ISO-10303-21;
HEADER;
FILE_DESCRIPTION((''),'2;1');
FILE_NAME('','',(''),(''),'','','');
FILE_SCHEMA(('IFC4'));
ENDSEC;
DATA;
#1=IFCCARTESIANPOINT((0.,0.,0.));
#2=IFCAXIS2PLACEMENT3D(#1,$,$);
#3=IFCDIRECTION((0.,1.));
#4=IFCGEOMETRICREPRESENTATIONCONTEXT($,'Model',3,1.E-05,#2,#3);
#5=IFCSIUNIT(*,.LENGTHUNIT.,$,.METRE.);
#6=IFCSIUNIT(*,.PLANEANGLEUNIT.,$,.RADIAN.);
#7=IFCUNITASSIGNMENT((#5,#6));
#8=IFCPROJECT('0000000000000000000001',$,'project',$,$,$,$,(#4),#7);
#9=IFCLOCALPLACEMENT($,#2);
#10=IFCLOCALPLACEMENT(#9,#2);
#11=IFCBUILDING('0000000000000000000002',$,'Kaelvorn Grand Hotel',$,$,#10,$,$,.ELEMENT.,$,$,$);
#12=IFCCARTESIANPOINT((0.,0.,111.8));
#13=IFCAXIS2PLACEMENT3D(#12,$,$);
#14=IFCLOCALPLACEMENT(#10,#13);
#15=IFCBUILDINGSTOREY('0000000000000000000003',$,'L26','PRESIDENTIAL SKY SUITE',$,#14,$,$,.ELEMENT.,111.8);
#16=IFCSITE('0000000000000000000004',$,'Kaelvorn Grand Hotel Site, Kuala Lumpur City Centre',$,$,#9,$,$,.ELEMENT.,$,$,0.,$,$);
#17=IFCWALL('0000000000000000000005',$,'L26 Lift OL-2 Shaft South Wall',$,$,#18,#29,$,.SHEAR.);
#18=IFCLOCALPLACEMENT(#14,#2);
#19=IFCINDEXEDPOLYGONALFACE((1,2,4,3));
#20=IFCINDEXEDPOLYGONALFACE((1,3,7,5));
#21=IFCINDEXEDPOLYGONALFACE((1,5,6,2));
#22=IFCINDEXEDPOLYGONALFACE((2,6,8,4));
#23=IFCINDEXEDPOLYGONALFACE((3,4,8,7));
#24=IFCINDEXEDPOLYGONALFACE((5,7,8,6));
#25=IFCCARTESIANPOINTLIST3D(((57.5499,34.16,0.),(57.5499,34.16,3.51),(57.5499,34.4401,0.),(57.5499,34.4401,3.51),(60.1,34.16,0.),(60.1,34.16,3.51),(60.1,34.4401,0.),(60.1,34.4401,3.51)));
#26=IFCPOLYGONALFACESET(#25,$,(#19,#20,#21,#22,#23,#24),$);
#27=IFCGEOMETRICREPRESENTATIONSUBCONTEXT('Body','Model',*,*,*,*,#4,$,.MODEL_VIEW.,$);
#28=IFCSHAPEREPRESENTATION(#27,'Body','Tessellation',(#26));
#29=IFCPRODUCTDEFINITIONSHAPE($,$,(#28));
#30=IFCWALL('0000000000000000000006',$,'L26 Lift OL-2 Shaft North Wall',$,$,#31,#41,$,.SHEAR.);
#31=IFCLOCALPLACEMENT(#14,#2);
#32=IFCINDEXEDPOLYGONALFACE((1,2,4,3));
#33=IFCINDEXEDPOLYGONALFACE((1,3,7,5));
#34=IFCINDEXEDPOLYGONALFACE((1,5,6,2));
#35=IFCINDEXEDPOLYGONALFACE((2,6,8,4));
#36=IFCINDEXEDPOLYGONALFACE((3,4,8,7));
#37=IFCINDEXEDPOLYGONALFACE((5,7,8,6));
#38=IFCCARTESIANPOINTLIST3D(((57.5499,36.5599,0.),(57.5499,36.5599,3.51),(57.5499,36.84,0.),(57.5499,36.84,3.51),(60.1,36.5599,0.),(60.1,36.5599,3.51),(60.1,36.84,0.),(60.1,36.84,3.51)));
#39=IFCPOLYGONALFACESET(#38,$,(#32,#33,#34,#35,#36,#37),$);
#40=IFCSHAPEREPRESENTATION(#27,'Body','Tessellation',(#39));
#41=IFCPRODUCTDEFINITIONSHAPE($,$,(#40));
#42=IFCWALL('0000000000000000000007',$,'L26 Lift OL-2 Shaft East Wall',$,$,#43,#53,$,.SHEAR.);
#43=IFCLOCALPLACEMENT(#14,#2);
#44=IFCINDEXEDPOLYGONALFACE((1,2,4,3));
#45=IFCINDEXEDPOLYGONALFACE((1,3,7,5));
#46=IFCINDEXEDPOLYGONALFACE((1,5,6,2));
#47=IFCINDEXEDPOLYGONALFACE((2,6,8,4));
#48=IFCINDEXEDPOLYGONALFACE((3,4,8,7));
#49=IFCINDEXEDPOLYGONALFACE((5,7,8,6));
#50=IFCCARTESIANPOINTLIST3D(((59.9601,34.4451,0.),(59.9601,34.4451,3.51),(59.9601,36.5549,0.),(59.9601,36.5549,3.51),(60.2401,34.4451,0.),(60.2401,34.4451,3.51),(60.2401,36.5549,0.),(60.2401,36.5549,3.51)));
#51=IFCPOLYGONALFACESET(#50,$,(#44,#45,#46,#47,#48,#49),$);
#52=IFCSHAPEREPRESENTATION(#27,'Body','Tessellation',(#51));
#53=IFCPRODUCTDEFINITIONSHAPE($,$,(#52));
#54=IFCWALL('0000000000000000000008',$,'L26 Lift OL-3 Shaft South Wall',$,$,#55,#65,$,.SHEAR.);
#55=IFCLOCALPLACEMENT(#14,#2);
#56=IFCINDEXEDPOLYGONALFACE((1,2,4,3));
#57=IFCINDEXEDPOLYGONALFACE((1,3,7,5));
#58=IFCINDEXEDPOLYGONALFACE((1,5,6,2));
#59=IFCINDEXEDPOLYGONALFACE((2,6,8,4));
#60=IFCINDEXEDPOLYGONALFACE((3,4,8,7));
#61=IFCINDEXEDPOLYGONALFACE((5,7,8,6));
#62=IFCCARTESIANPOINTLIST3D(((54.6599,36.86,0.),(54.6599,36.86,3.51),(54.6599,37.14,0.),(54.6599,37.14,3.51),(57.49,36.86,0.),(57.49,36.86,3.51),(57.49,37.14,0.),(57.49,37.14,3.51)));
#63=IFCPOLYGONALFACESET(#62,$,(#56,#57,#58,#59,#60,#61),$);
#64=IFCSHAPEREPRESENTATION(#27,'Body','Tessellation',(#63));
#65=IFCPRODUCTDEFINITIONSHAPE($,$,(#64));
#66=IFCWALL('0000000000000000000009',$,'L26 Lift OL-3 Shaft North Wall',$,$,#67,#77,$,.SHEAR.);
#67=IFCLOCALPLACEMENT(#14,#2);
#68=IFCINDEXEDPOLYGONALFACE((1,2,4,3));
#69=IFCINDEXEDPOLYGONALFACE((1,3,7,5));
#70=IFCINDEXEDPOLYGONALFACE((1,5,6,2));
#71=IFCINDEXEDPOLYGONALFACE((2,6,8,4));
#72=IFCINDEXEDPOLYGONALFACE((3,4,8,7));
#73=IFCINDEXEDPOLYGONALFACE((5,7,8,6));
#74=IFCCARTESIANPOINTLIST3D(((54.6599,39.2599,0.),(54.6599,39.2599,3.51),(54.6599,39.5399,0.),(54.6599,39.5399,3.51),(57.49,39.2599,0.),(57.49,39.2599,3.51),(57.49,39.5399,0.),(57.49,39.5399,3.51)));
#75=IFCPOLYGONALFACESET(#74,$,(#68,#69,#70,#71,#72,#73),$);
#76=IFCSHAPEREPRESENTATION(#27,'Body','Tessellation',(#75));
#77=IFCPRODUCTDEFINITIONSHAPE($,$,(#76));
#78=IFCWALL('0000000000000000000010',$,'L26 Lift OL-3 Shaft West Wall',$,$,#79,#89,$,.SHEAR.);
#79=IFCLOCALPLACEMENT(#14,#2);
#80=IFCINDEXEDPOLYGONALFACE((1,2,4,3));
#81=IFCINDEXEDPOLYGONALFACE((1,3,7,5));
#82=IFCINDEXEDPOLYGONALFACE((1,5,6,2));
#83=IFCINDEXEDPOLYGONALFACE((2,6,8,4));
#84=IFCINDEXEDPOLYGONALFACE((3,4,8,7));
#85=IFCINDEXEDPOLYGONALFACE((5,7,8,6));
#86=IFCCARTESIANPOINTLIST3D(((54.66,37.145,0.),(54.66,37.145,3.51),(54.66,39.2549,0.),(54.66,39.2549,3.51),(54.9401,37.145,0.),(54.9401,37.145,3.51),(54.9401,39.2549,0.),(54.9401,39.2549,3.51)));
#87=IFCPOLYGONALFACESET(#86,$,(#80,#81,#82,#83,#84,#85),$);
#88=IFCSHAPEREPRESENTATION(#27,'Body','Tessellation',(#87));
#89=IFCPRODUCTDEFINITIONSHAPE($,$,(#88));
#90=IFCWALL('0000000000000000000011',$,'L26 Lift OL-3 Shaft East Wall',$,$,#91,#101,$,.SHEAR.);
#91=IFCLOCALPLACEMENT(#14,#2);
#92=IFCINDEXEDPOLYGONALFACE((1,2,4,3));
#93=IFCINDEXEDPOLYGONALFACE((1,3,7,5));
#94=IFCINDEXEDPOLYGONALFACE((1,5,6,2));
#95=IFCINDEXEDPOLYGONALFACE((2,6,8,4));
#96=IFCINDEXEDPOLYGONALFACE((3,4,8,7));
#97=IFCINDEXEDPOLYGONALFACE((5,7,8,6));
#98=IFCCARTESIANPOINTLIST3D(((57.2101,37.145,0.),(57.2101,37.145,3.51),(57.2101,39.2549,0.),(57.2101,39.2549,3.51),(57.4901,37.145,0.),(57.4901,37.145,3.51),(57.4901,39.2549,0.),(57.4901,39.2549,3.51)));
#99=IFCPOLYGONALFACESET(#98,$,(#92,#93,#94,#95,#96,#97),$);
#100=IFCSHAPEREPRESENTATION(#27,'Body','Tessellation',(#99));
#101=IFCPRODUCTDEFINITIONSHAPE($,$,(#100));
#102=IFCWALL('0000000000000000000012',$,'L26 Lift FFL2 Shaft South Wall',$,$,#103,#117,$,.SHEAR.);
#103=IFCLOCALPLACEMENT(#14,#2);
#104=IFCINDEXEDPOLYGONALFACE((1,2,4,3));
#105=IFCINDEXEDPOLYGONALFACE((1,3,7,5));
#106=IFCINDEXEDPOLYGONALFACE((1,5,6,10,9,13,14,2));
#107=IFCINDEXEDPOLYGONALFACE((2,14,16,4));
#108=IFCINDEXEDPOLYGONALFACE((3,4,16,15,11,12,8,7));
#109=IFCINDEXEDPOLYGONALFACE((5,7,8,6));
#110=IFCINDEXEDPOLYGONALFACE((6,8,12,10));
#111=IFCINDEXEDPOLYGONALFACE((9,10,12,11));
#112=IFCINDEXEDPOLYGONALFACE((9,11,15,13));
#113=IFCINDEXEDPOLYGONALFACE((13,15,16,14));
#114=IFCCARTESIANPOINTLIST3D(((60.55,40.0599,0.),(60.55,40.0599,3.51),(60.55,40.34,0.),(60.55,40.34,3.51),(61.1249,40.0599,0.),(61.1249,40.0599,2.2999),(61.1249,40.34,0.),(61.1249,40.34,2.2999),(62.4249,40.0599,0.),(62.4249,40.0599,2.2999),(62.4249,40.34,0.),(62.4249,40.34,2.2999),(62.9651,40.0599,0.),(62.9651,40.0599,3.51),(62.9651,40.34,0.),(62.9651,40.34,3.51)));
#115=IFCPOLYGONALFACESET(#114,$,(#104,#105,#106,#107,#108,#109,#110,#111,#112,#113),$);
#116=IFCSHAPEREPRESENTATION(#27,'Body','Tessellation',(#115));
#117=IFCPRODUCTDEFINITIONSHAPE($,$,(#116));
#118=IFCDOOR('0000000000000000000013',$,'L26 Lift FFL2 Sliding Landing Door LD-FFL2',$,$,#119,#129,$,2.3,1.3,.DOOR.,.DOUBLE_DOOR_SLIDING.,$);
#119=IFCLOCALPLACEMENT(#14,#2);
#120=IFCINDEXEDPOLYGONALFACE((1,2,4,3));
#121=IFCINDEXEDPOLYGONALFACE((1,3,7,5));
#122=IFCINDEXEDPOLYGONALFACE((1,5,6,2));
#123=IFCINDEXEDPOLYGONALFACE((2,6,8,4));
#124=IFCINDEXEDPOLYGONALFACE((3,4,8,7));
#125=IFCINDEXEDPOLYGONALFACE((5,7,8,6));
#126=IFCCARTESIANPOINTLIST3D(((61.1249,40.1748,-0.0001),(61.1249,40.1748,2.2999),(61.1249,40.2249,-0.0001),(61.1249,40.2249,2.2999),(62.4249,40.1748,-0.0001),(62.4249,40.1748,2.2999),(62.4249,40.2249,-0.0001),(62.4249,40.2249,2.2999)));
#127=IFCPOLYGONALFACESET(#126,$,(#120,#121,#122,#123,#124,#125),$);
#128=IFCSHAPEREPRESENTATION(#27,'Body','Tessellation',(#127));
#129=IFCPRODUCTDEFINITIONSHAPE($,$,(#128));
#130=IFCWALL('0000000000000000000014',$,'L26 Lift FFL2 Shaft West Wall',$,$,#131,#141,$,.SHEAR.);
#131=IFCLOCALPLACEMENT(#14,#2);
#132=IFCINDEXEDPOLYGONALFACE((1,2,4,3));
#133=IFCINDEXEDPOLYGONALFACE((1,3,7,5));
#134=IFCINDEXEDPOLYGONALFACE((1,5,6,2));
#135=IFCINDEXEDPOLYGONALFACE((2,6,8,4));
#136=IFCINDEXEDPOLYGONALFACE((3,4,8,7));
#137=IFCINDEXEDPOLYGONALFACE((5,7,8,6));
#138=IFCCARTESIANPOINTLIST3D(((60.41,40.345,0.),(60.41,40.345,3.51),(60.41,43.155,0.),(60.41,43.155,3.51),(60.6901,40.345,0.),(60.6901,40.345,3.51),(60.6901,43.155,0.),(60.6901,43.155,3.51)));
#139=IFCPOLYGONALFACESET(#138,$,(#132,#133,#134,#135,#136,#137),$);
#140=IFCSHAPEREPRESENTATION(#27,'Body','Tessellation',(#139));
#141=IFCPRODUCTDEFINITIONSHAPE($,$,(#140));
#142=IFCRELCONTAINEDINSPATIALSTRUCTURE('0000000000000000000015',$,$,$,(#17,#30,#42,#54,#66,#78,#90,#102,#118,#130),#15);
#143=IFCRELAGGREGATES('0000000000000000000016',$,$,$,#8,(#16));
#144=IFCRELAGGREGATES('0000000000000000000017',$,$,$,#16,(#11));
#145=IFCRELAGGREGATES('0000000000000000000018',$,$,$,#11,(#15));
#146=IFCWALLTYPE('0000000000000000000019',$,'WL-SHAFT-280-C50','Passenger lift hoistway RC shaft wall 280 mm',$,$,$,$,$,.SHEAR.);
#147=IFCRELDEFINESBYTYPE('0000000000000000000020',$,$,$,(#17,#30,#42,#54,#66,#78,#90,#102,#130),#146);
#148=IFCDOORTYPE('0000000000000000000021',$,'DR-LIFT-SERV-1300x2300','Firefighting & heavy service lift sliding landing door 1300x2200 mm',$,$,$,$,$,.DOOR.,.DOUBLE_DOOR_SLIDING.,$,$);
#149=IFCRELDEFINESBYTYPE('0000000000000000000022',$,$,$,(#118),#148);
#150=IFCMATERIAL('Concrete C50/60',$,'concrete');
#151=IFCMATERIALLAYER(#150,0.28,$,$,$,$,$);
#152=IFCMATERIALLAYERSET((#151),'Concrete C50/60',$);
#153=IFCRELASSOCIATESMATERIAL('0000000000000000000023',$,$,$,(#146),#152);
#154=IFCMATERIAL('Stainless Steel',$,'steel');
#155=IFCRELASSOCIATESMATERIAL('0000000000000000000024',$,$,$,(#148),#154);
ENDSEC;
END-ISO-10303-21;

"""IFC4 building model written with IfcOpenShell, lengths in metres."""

from ifc_helpers import new_model, si_unit, direction, frame, frame_2d, origin, place, context, subcontext, project, spatial, rectangle, extrude, material, layer, layer_set, type_object, element, fill, save


model = new_model("IFC4")

# Units and contexts
model_context = context("Model", 3, precision=1e-05, world=origin(), true_north=direction((0.0, 1.0)))
body_context = subcontext(model_context, "Body", "Model", "MODEL_VIEW")
ifc_project = project(units=[si_unit("LENGTHUNIT", "METRE"), si_unit("PLANEANGLEUNIT", "RADIAN")], contexts=[model_context])

# Site, building, storey
site_placement = place(None, origin())
site = spatial("IfcSite", under=ifc_project, at=site_placement, Name="Kaelvorn Grand Hotel Site, Kuala Lumpur City Centre", CompositionType="ELEMENT", RefElevation=0.0)
building_placement = place(site_placement, origin())
building = spatial("IfcBuilding", under=site, at=building_placement, Name="Kaelvorn Grand Hotel", CompositionType="ELEMENT")
storey_placement = place(building_placement, frame((0.0, 0.0, 111.8)))
storey = spatial("IfcBuildingStorey", under=building, at=storey_placement, Name="L26", Description="PRESIDENTIAL SKY SUITE", CompositionType="ELEMENT", Elevation=111.8)

# Walls
ifc_material_1 = material(Name="Concrete C50/60", Category="concrete")
ifc_layer_1 = layer(ifc_material_1, 0.28)
ifc_layer_set_1 = layer_set([ifc_layer_1], Name="Concrete C50/60")
wall_type_1 = type_object("IfcWallType", Name="WL-SHAFT-280-C50", Description="Passenger lift hoistway RC shaft wall 280 mm", PredefinedType="SHEAR", material=ifc_layer_set_1)
for number, where, z_axis, x_axis, name in (
    (1, (57.55, 34.3, 0.0), (0.0, 0.0, 1.0), (1.0, 0.0, 0.0), "L26 Lift OL-2 Shaft South Wall"),
    (2, (57.55, 36.7, 0.0), (0.0, 0.0, 1.0), (1.0, 0.0, 0.0), "L26 Lift OL-2 Shaft North Wall"),
):
    element("IfcWall", number, at=place(storey_placement, frame(where, z_axis=z_axis, x_axis=x_axis)), inside=storey, type_object=wall_type_1, Name=name, PredefinedType="SHEAR", context=body_context, shape_type="SweptSolid", body=[
        extrude(rectangle(XDim=2.55, YDim=0.28, at=frame_2d((1.2749, 0.0))), origin(), (0.0, 0.0, 1.0), 3.51),
    ])
wall_1_placement = place(storey_placement, frame((60.1001, 34.4451, 0.0), z_axis=(0.0, 0.0, 1.0), x_axis=(0.0, 1.0, 0.0)))
element("IfcWall", 3, at=wall_1_placement, inside=storey, type_object=wall_type_1, Name="L26 Lift OL-2 Shaft East Wall", PredefinedType="SHEAR", context=body_context, shape_type="SweptSolid", body=[
    extrude(rectangle(XDim=2.1099, YDim=0.28, at=frame_2d((1.0549, 0.0))), origin(), (0.0, 0.0, 1.0), 3.51),
])
for number, where, z_axis, x_axis, name in (
    (4, (54.6599, 37.0, 0.0), (0.0, 0.0, 1.0), (1.0, 0.0, 0.0), "L26 Lift OL-3 Shaft South Wall"),
    (5, (54.6599, 39.3999, 0.0), (0.0, 0.0, 1.0), (1.0, 0.0, 0.0), "L26 Lift OL-3 Shaft North Wall"),
):
    element("IfcWall", number, at=place(storey_placement, frame(where, z_axis=z_axis, x_axis=x_axis)), inside=storey, type_object=wall_type_1, Name=name, PredefinedType="SHEAR", context=body_context, shape_type="SweptSolid", body=[
        extrude(rectangle(XDim=2.8301, YDim=0.28, at=frame_2d((1.415, 0.0))), origin(), (0.0, 0.0, 1.0), 3.51),
    ])
for number, where, z_axis, x_axis, name in (
    (6, (54.8, 37.145, 0.0), (0.0, 0.0, 1.0), (0.0, 1.0, 0.0), "L26 Lift OL-3 Shaft West Wall"),
    (7, (57.3501, 37.145, 0.0), (0.0, 0.0, 1.0), (0.0, 1.0, 0.0), "L26 Lift OL-3 Shaft East Wall"),
):
    element("IfcWall", number, at=place(storey_placement, frame(where, z_axis=z_axis, x_axis=x_axis)), inside=storey, type_object=wall_type_1, Name=name, PredefinedType="SHEAR", context=body_context, shape_type="SweptSolid", body=[
        extrude(rectangle(XDim=2.1099, YDim=0.28, at=frame_2d((1.0549, 0.0))), origin(), (0.0, 0.0, 1.0), 3.51),
    ])

# Wall, opening, door
wall_2_placement = place(storey_placement, frame((60.55, 40.2, 0.0), z_axis=(0.0, 0.0, 1.0), x_axis=(1.0, 0.0, 0.0)))
wall_2 = element("IfcWall", 8, at=wall_2_placement, inside=storey, type_object=wall_type_1, Name="L26 Lift FFL2 Shaft South Wall", PredefinedType="SHEAR", context=body_context, shape_type="SweptSolid", body=[
    extrude(rectangle(XDim=2.415, YDim=0.28, at=frame_2d((1.2075, 0.0))), origin(), (0.0, 0.0, 1.0), 3.51),
])
opening_1_placement = place(wall_2_placement, frame((0.575, 0.0, 0.0)))
opening_1 = element("IfcOpeningElement", 9, at=opening_1_placement, cuts=wall_2, PredefinedType="OPENING", context=body_context, shape_type="SweptSolid", body=[
    extrude(rectangle(XDim=1.3, YDim=2.3, at=frame_2d((0.6499, 1.1499))), frame((0.0, 0.1499, 0.0), z_axis=(0.0, -1.0, 0.0), x_axis=(1.0, 0.0, 0.0)), (0.0, 0.0, 1.0), 0.3),
])
ifc_material_2 = material(Name="Stainless Steel", Category="steel")
door_type_1 = type_object("IfcDoorType", Name="DR-LIFT-SERV-1300x2300", Description="Firefighting & heavy service lift sliding landing door 1300x2200 mm", OperationType="DOUBLE_DOOR_SLIDING", PredefinedType="DOOR", material=ifc_material_2)
door_1_placement = place(opening_1_placement, origin())
door_1 = element("IfcDoor", 10, at=door_1_placement, inside=storey, type_object=door_type_1, Name="L26 Lift FFL2 Sliding Landing Door LD-FFL2", OperationType="DOUBLE_DOOR_SLIDING", OverallHeight=2.3, OverallWidth=1.3, PredefinedType="DOOR", context=body_context, shape_type="SweptSolid", body=[
    extrude(rectangle(XDim=1.3, YDim=2.3, at=frame_2d((0.6499, 1.1499))), frame((0.0, 0.0249, 0.0), z_axis=(0.0, -1.0, 0.0), x_axis=(1.0, 0.0, 0.0)), (0.0, 0.0, 1.0), 0.05),
])
fill(opening_1, door_1)

# Wall
wall_3_placement = place(storey_placement, frame((60.55, 40.345, 0.0), z_axis=(0.0, 0.0, 1.0), x_axis=(0.0, 1.0, 0.0)))
element("IfcWall", 11, at=wall_3_placement, inside=storey, type_object=wall_type_1, Name="L26 Lift FFL2 Shaft West Wall", PredefinedType="SHEAR", context=body_context, shape_type="SweptSolid", body=[
    extrude(rectangle(XDim=2.8101, YDim=0.28, at=frame_2d((1.405, 0.0))), origin(), (0.0, 0.0, 1.0), 3.51),
])

save(model, "model.ifc")
